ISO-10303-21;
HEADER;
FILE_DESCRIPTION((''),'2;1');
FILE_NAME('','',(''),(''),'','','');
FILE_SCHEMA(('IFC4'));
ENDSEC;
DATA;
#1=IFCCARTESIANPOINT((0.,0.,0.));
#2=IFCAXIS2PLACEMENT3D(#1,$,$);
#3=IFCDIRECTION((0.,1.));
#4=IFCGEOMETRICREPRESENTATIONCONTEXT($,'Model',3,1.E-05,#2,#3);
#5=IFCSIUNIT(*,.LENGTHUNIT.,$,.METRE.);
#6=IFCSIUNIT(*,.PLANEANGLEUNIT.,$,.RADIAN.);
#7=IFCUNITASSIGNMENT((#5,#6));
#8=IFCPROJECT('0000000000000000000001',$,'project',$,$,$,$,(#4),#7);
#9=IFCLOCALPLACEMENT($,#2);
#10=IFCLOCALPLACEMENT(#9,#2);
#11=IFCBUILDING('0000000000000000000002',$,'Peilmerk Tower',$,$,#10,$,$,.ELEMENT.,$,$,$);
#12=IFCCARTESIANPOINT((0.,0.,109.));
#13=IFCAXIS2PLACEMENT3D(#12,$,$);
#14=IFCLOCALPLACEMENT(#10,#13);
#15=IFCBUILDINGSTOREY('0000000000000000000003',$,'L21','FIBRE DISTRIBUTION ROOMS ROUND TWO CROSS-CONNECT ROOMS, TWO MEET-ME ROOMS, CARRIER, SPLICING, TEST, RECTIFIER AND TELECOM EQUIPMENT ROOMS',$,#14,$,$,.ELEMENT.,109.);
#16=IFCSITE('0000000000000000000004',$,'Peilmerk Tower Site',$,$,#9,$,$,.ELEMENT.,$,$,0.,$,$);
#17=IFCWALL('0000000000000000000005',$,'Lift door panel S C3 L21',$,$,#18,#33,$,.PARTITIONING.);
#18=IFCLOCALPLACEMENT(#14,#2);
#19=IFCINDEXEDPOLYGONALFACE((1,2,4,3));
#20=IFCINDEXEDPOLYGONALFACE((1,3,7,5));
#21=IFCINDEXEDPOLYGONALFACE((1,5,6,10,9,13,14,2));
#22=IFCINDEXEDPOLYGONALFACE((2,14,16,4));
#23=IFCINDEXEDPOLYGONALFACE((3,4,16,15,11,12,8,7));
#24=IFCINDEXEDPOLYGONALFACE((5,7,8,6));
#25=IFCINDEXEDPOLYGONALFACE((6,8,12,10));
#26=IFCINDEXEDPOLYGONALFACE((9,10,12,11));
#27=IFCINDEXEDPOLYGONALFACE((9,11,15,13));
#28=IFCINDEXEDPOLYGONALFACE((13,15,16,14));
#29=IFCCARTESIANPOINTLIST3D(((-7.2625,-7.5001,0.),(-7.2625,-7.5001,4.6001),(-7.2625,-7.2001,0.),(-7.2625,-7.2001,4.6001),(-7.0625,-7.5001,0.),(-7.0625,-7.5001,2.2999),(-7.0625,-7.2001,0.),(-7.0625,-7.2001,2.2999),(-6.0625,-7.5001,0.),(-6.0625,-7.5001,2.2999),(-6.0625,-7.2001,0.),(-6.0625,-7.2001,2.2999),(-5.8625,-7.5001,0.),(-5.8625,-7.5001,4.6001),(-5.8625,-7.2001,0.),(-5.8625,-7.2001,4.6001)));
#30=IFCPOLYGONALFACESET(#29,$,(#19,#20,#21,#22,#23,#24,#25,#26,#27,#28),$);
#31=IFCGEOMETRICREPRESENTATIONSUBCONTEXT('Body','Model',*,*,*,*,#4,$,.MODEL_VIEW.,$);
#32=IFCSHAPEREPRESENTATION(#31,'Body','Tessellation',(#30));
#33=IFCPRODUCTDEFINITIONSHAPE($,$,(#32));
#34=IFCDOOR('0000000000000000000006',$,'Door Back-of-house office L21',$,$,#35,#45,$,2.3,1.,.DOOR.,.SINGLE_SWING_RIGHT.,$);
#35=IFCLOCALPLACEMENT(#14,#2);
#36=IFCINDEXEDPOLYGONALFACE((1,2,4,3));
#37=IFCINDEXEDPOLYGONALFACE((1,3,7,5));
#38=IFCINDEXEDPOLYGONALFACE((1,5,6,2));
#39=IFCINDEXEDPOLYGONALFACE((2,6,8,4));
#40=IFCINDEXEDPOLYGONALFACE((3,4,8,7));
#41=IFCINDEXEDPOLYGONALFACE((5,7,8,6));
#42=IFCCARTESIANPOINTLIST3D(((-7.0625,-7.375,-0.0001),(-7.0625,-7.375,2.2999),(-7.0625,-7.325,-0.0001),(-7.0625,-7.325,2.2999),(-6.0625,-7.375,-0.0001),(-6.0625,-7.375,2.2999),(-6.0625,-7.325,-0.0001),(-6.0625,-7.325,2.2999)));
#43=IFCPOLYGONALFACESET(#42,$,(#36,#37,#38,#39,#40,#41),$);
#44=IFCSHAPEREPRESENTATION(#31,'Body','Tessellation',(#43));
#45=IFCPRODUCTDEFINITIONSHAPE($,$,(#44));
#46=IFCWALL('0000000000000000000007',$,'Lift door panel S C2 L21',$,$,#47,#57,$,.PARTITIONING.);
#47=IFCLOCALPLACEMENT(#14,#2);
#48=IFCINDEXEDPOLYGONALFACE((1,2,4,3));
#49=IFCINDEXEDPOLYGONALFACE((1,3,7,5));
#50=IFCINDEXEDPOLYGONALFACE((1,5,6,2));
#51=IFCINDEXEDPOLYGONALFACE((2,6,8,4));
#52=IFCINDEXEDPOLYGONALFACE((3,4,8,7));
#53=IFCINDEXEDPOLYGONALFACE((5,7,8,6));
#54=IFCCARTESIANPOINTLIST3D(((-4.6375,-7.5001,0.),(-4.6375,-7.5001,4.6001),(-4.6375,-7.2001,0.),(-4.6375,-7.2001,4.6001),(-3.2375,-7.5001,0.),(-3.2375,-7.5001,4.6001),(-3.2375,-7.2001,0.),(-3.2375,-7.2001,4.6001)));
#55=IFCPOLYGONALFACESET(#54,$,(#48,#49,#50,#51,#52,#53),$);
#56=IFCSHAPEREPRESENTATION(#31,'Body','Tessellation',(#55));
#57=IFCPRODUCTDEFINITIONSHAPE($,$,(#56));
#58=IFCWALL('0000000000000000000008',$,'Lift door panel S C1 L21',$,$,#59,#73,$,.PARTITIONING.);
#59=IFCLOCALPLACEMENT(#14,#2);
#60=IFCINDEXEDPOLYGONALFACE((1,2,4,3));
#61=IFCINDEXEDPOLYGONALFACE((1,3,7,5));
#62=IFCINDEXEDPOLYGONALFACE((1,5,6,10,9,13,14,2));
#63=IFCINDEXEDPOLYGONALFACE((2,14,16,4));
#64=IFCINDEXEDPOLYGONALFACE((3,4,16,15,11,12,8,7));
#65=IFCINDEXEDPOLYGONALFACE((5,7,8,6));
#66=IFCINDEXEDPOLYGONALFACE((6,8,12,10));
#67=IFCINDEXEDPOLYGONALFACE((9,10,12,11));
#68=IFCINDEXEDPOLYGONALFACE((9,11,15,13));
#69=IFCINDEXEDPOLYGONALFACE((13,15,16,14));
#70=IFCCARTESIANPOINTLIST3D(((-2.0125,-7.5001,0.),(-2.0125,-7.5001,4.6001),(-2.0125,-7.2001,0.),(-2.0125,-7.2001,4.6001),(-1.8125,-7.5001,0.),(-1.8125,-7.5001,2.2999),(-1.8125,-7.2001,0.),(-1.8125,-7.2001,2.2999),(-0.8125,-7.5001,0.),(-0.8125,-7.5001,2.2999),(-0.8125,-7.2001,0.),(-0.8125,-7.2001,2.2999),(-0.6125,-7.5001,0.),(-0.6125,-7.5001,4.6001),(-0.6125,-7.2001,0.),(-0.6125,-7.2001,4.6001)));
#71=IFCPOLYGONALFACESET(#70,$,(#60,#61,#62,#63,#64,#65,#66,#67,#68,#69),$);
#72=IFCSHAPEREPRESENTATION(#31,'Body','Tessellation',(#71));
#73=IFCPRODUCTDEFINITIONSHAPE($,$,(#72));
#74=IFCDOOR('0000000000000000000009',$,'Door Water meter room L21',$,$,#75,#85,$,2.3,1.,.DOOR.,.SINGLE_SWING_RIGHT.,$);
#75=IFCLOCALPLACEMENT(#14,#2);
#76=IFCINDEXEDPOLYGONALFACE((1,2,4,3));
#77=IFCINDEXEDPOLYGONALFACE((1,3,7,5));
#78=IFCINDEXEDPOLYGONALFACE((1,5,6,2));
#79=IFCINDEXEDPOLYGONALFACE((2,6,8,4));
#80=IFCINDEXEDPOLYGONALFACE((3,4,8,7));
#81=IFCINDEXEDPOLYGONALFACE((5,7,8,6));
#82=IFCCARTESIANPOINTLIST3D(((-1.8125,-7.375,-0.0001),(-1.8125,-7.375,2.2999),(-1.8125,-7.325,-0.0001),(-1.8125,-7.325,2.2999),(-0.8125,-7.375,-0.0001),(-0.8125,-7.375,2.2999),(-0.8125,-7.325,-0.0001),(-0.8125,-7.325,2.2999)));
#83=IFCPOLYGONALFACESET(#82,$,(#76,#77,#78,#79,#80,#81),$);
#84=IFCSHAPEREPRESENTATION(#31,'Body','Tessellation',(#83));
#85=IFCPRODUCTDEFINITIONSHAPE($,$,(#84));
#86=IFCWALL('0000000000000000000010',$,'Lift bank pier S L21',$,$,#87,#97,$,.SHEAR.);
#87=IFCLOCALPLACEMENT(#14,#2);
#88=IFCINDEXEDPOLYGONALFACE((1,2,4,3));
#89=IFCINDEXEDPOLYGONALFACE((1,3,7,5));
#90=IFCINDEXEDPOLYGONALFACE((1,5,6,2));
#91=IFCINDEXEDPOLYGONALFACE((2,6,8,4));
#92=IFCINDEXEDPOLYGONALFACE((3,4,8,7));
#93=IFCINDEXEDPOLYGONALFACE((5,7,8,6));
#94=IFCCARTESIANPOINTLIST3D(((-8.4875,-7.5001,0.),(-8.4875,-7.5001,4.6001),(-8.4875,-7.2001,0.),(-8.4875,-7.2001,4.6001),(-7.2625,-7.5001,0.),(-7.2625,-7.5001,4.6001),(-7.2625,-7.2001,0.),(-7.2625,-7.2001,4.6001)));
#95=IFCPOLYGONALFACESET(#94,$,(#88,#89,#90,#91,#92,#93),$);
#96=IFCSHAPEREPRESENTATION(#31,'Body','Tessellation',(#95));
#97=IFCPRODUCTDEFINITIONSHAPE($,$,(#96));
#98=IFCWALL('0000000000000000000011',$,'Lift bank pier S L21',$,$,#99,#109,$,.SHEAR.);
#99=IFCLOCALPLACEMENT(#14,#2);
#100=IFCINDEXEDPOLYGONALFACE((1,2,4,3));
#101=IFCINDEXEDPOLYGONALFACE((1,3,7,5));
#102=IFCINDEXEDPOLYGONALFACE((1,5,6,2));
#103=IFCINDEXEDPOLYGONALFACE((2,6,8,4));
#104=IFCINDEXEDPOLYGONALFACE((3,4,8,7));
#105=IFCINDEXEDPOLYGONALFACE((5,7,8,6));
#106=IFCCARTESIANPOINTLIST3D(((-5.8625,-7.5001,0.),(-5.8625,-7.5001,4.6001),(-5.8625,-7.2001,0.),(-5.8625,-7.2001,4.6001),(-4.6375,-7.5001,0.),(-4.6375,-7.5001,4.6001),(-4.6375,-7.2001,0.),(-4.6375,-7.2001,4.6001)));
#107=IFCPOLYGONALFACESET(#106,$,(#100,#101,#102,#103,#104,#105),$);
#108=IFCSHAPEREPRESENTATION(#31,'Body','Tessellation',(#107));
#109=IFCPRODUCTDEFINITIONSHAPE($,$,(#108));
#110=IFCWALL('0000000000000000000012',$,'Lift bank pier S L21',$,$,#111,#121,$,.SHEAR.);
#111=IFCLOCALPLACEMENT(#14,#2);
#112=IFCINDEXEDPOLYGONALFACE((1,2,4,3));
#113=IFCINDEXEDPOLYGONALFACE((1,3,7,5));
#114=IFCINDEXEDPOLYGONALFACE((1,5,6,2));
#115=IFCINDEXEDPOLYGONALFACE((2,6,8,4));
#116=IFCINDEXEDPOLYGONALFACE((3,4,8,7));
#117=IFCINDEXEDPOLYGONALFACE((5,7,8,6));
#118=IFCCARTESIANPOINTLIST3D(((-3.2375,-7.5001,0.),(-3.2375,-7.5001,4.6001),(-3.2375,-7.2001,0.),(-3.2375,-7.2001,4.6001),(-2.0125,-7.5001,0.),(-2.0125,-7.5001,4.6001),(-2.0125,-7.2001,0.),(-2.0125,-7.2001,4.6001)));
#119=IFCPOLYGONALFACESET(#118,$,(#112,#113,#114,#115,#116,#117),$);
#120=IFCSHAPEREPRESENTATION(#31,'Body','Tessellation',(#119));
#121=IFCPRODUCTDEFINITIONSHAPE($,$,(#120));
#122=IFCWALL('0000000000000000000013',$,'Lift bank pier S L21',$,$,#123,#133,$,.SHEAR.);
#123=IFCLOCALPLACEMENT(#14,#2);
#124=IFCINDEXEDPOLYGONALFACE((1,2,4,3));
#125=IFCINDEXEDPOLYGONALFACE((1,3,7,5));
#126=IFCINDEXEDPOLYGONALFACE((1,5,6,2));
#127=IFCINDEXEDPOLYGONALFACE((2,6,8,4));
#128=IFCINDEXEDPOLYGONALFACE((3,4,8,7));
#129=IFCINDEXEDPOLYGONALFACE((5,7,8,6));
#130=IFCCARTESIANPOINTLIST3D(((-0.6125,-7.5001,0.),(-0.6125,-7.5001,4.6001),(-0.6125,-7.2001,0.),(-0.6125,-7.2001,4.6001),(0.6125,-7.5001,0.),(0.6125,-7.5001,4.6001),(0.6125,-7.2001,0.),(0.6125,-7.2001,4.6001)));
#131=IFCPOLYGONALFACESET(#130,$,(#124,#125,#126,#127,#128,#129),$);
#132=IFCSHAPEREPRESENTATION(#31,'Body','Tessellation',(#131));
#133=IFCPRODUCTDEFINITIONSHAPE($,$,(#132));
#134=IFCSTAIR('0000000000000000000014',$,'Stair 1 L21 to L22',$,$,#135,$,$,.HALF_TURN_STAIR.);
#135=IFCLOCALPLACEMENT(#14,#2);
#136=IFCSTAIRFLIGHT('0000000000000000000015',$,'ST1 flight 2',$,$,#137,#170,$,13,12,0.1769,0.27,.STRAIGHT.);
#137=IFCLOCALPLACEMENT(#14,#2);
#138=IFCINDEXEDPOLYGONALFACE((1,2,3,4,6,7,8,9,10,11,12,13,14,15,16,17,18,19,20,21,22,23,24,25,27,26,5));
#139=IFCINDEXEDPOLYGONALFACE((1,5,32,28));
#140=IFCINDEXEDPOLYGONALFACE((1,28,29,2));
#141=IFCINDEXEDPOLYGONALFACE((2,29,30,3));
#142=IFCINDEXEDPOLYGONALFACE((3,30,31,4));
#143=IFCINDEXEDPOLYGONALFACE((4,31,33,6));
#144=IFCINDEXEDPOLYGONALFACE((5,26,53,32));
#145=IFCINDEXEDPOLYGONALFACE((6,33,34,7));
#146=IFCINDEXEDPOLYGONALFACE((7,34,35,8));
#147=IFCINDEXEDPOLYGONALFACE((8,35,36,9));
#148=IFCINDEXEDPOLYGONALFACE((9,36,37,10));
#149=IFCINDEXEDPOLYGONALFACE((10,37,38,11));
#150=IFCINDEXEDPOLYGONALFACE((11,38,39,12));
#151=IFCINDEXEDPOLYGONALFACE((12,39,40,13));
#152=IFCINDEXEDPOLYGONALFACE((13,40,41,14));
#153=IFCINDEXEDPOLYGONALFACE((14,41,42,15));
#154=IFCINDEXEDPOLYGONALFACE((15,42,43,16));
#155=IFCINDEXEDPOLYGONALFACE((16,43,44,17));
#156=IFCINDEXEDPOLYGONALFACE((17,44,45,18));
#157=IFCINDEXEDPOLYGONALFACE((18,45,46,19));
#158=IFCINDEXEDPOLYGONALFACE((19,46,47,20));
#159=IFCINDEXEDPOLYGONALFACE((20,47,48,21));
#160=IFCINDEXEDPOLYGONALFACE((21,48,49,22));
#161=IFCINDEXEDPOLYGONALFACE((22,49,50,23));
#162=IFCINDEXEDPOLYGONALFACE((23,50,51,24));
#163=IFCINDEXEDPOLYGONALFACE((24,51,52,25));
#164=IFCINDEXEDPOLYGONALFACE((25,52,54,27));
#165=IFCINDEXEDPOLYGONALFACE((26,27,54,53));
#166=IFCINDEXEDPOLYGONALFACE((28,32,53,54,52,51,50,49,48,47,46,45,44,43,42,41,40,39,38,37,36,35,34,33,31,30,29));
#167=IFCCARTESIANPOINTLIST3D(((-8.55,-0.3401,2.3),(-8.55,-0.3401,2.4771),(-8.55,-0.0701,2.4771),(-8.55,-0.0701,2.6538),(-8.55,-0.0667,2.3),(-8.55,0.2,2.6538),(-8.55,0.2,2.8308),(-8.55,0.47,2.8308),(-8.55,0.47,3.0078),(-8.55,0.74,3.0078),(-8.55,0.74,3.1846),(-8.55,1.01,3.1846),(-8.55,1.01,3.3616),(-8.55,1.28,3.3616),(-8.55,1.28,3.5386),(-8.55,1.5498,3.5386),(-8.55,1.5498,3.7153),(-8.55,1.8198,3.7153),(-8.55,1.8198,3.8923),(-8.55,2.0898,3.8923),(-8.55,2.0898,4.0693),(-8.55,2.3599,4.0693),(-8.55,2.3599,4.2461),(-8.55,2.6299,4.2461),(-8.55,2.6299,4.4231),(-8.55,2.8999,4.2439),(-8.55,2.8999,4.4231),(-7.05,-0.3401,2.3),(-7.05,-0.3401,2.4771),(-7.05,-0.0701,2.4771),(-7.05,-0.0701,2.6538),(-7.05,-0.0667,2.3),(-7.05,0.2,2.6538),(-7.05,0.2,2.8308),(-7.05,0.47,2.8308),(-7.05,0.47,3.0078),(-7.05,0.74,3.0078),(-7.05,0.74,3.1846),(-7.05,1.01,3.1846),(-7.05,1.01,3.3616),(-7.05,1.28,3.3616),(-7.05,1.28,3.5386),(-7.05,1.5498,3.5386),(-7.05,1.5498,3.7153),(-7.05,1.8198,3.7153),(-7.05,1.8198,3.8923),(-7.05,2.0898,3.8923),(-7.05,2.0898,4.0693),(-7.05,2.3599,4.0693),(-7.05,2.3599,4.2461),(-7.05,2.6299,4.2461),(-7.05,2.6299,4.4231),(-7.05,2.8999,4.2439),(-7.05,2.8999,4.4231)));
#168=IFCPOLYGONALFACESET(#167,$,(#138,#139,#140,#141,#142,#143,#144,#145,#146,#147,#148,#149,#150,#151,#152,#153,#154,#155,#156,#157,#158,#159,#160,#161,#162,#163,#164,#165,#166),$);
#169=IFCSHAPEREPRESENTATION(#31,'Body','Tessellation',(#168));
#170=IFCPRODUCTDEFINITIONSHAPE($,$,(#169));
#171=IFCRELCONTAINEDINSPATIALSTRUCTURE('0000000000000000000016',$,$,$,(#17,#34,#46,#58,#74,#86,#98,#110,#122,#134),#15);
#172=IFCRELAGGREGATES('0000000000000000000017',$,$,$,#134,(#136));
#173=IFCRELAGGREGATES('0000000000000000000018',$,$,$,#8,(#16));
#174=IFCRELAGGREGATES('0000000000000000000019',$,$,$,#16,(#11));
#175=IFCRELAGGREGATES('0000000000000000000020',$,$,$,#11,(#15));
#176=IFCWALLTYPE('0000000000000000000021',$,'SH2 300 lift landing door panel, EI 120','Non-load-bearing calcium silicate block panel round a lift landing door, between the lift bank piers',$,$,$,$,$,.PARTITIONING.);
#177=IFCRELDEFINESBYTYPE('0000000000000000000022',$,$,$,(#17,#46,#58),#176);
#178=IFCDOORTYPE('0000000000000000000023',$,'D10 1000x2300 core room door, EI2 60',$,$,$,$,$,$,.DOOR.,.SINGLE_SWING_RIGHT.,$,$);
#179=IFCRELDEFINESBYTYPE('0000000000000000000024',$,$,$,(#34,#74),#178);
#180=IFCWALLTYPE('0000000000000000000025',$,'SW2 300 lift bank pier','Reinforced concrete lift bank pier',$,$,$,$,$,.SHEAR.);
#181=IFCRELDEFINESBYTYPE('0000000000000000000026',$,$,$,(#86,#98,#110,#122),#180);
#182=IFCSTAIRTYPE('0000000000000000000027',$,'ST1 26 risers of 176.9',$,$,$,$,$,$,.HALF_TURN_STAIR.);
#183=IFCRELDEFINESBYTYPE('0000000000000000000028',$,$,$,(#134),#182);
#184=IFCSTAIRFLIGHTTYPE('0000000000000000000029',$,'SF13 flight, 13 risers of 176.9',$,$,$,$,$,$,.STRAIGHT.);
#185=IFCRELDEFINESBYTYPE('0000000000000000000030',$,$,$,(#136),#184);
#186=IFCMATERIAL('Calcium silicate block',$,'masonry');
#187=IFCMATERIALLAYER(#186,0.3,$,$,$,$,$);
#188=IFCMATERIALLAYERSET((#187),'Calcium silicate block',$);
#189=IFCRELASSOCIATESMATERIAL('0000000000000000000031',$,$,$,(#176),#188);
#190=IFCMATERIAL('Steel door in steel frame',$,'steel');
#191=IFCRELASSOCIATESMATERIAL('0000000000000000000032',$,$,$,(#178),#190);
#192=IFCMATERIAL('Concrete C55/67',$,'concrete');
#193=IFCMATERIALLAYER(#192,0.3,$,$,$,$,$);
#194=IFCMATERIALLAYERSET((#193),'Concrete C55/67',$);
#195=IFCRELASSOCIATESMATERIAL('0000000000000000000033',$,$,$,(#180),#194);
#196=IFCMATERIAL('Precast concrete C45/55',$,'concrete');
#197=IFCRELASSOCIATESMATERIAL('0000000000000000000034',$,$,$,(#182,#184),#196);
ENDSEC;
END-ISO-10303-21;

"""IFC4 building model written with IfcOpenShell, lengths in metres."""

from ifc_helpers import new_model, si_unit, direction, frame, frame_2d, origin, place, context, subcontext, project, spatial, polyline, rectangle, outline, extrude, material, layer, layer_set, type_object, element, fill, aggregate, save


model = new_model("IFC4")

# Units and contexts
model_context = context("Model", 3, precision=1e-05, world=origin(), true_north=direction((0.0, 1.0)))
body_context = subcontext(model_context, "Body", "Model", "MODEL_VIEW")
ifc_project = project(units=[si_unit("LENGTHUNIT", "METRE"), si_unit("PLANEANGLEUNIT", "RADIAN")], contexts=[model_context])

# Site, building, storey
site_placement = place(None, origin())
site = spatial("IfcSite", under=ifc_project, at=site_placement, Name="Peilmerk Tower Site", CompositionType="ELEMENT", RefElevation=0.0)
building_placement = place(site_placement, origin())
building = spatial("IfcBuilding", under=site, at=building_placement, Name="Peilmerk Tower", CompositionType="ELEMENT")
storey_placement = place(building_placement, frame((0.0, 0.0, 109.0)))
storey = spatial("IfcBuildingStorey", under=building, at=storey_placement, Name="L21", Description="FIBRE DISTRIBUTION ROOMS ROUND TWO CROSS-CONNECT ROOMS, TWO MEET-ME ROOMS, CARRIER, SPLICING, TEST, RECTIFIER AND TELECOM EQUIPMENT ROOMS", CompositionType="ELEMENT", Elevation=109.0)

# Shared definitions
ifc_material_1 = material(Name="Calcium silicate block", Category="masonry")

# Wall, opening, door
ifc_layer_1 = layer(ifc_material_1, 0.3)
ifc_layer_set_1 = layer_set([ifc_layer_1], Name="Calcium silicate block")
wall_type_1 = type_object("IfcWallType", Name="SH2 300 lift landing door panel, EI 120", Description="Non-load-bearing calcium silicate block panel round a lift landing door, between the lift bank piers", PredefinedType="PARTITIONING", material=ifc_layer_set_1)
wall_1_placement = place(storey_placement, frame((-7.2625, -7.3501, 0.0), z_axis=(0.0, 0.0, 1.0), x_axis=(1.0, 0.0, 0.0)))
wall_1 = element("IfcWall", 1, at=wall_1_placement, inside=storey, type_object=wall_type_1, Name="Lift door panel S C3 L21", PredefinedType="PARTITIONING", context=body_context, shape_type="SweptSolid", body=[
    extrude(rectangle(XDim=1.3999, YDim=0.3, at=frame_2d((0.7, 0.0))), origin(), (0.0, 0.0, 1.0), 4.6001),
])
opening_1_placement = place(wall_1_placement, frame((0.2, 0.0, 0.0)))
opening_1 = element("IfcOpeningElement", 2, at=opening_1_placement, cuts=wall_1, PredefinedType="OPENING", context=body_context, shape_type="SweptSolid", body=[
    extrude(rectangle(XDim=1.0, YDim=2.3, at=frame_2d((0.5, 1.1499))), frame((0.0, 0.1599, 0.0), z_axis=(0.0, -1.0, 0.0), x_axis=(1.0, 0.0, 0.0)), (0.0, 0.0, 1.0), 0.3201),
])
ifc_material_2 = material(Name="Steel door in steel frame", Category="steel")
door_type = type_object("IfcDoorType", Name="D10 1000x2300 core room door, EI2 60", OperationType="SINGLE_SWING_RIGHT", PredefinedType="DOOR", material=ifc_material_2)
door_1_placement = place(opening_1_placement, frame((1.0, 0.0, 0.0), z_axis=(0.0, 0.0, 1.0), x_axis=(-1.0, 0.0, 0.0)))
door_1 = element("IfcDoor", 3, at=door_1_placement, inside=storey, type_object=door_type, Name="Door Back-of-house office L21", OperationType="SINGLE_SWING_RIGHT", OverallHeight=2.3, OverallWidth=1.0, PredefinedType="DOOR", context=body_context, shape_type="SweptSolid", body=[
    extrude(rectangle(XDim=1.0, YDim=2.3, at=frame_2d((0.5, 1.1499))), frame((0.0, 0.0249, 0.0), z_axis=(0.0, -1.0, 0.0), x_axis=(1.0, 0.0, 0.0)), (0.0, 0.0, 1.0), 0.05),
])
fill(opening_1, door_1)

# Wall
wall_2_placement = place(storey_placement, frame((-4.6375, -7.3501, 0.0), z_axis=(0.0, 0.0, 1.0), x_axis=(1.0, 0.0, 0.0)))
element("IfcWall", 4, at=wall_2_placement, inside=storey, type_object=wall_type_1, Name="Lift door panel S C2 L21", PredefinedType="PARTITIONING", context=body_context, shape_type="SweptSolid", body=[
    extrude(rectangle(XDim=1.3999, YDim=0.3, at=frame_2d((0.7, 0.0))), origin(), (0.0, 0.0, 1.0), 4.6001),
])

# Wall, opening, door
wall_3_placement = place(storey_placement, frame((-2.0125, -7.3501, 0.0), z_axis=(0.0, 0.0, 1.0), x_axis=(1.0, 0.0, 0.0)))
wall_3 = element("IfcWall", 5, at=wall_3_placement, inside=storey, type_object=wall_type_1, Name="Lift door panel S C1 L21", PredefinedType="PARTITIONING", context=body_context, shape_type="SweptSolid", body=[
    extrude(rectangle(XDim=1.3999, YDim=0.3, at=frame_2d((0.7, 0.0))), origin(), (0.0, 0.0, 1.0), 4.6001),
])
opening_2_placement = place(wall_3_placement, frame((0.2, 0.0, 0.0)))
opening_2 = element("IfcOpeningElement", 6, at=opening_2_placement, cuts=wall_3, PredefinedType="OPENING", context=body_context, shape_type="SweptSolid", body=[
    extrude(rectangle(XDim=1.0, YDim=2.3, at=frame_2d((0.5, 1.1499))), frame((0.0, 0.1599, 0.0), z_axis=(0.0, -1.0, 0.0), x_axis=(1.0, 0.0, 0.0)), (0.0, 0.0, 1.0), 0.3201),
])
door_2_placement = place(opening_2_placement, frame((1.0, 0.0, 0.0), z_axis=(0.0, 0.0, 1.0), x_axis=(-1.0, 0.0, 0.0)))
door_2 = element("IfcDoor", 7, at=door_2_placement, inside=storey, type_object=door_type, Name="Door Water meter room L21", OperationType="SINGLE_SWING_RIGHT", OverallHeight=2.3, OverallWidth=1.0, PredefinedType="DOOR", context=body_context, shape_type="SweptSolid", body=[
    extrude(rectangle(XDim=1.0, YDim=2.3, at=frame_2d((0.5, 1.1499))), frame((0.0, 0.0249, 0.0), z_axis=(0.0, -1.0, 0.0), x_axis=(1.0, 0.0, 0.0)), (0.0, 0.0, 1.0), 0.05),
])
fill(opening_2, door_2)

# Walls
ifc_material_3 = material(Name="Concrete C55/67", Category="concrete")
ifc_layer_2 = layer(ifc_material_3, 0.3)
ifc_layer_set_2 = layer_set([ifc_layer_2], Name="Concrete C55/67")
wall_type_2 = type_object("IfcWallType", Name="SW2 300 lift bank pier", Description="Reinforced concrete lift bank pier", PredefinedType="SHEAR", material=ifc_layer_set_2)
for number, where, z_axis, x_axis, name in (
    (8, (-8.4875, -7.3501, 0.0), (0.0, 0.0, 1.0), (1.0, 0.0, 0.0), "Lift bank pier S L21"),
    (9, (-5.8625, -7.3501, 0.0), (0.0, 0.0, 1.0), (1.0, 0.0, 0.0), "Lift bank pier S L21"),
    (10, (-3.2375, -7.3501, 0.0), (0.0, 0.0, 1.0), (1.0, 0.0, 0.0), "Lift bank pier S L21"),
    (11, (-0.6125, -7.3501, 0.0), (0.0, 0.0, 1.0), (1.0, 0.0, 0.0), "Lift bank pier S L21"),
):
    element("IfcWall", number, at=place(storey_placement, frame(where, z_axis=z_axis, x_axis=x_axis)), inside=storey, type_object=wall_type_2, Name=name, PredefinedType="SHEAR", context=body_context, shape_type="SweptSolid", body=[
        extrude(rectangle(XDim=1.2251, YDim=0.3, at=frame_2d((0.6125, 0.0))), origin(), (0.0, 0.0, 1.0), 4.6001),
    ])

# Stair, stair flight
ifc_material_4 = material(Name="Precast concrete C45/55", Category="concrete")
stair_type = type_object("IfcStairType", Name="ST1 26 risers of 176.9", PredefinedType="HALF_TURN_STAIR", material=ifc_material_4)
stair_placement = place(storey_placement, origin())
stair = element("IfcStair", 12, at=stair_placement, inside=storey, type_object=stair_type, Name="Stair 1 L21 to L22", PredefinedType="HALF_TURN_STAIR")
stair_flight_type = type_object("IfcStairFlightType", Name="SF13 flight, 13 risers of 176.9", PredefinedType="STRAIGHT", material=ifc_material_4)
stair_flight_placement = place(storey_placement, frame((-7.8, -0.3401, 2.3), z_axis=(0.0, 0.0, 1.0), x_axis=(0.0, 1.0, 0.0)))
stair_flight = element("IfcStairFlight", 13, at=stair_flight_placement, type_object=stair_flight_type, Name="ST1 flight 2", NumberOfRisers=13, NumberOfTreads=12, PredefinedType="STRAIGHT", RiserHeight=0.1769, TreadLength=0.27, context=body_context, shape_type="SweptSolid", body=[
    extrude(outline(polyline([(0.0, 0.0), (0.0, 0.177), (0.27, 0.177), (0.27, 0.3538), (0.54, 0.3538), (0.54, 0.5308), (0.8101, 0.5308), (0.8101, 0.7078), (1.0801, 0.7078), (1.0801, 0.8845), (1.3501, 0.8845), (1.3501, 1.0615), (1.6201, 1.0615), (1.6201, 1.2385), (1.8899, 1.2385), (1.8899, 1.4153), (2.1599, 1.4153), (2.1599, 1.5923), (2.4299, 1.5923), (2.4299, 1.7693), (2.7, 1.7693), (2.7, 1.946), (2.97, 1.946), (2.97, 2.123), (3.24, 2.123), (3.24, 2.3), (3.24, 1.9438), (0.2734, 0.0), (0.0, 0.0)])), frame((0.0, 0.75, 0.0), z_axis=(0.0, -1.0, 0.0), x_axis=(1.0, 0.0, 0.0)), (0.0, 0.0, 1.0), 1.5),
])
aggregate(stair, [stair_flight])

save(model, "model.ifc")
